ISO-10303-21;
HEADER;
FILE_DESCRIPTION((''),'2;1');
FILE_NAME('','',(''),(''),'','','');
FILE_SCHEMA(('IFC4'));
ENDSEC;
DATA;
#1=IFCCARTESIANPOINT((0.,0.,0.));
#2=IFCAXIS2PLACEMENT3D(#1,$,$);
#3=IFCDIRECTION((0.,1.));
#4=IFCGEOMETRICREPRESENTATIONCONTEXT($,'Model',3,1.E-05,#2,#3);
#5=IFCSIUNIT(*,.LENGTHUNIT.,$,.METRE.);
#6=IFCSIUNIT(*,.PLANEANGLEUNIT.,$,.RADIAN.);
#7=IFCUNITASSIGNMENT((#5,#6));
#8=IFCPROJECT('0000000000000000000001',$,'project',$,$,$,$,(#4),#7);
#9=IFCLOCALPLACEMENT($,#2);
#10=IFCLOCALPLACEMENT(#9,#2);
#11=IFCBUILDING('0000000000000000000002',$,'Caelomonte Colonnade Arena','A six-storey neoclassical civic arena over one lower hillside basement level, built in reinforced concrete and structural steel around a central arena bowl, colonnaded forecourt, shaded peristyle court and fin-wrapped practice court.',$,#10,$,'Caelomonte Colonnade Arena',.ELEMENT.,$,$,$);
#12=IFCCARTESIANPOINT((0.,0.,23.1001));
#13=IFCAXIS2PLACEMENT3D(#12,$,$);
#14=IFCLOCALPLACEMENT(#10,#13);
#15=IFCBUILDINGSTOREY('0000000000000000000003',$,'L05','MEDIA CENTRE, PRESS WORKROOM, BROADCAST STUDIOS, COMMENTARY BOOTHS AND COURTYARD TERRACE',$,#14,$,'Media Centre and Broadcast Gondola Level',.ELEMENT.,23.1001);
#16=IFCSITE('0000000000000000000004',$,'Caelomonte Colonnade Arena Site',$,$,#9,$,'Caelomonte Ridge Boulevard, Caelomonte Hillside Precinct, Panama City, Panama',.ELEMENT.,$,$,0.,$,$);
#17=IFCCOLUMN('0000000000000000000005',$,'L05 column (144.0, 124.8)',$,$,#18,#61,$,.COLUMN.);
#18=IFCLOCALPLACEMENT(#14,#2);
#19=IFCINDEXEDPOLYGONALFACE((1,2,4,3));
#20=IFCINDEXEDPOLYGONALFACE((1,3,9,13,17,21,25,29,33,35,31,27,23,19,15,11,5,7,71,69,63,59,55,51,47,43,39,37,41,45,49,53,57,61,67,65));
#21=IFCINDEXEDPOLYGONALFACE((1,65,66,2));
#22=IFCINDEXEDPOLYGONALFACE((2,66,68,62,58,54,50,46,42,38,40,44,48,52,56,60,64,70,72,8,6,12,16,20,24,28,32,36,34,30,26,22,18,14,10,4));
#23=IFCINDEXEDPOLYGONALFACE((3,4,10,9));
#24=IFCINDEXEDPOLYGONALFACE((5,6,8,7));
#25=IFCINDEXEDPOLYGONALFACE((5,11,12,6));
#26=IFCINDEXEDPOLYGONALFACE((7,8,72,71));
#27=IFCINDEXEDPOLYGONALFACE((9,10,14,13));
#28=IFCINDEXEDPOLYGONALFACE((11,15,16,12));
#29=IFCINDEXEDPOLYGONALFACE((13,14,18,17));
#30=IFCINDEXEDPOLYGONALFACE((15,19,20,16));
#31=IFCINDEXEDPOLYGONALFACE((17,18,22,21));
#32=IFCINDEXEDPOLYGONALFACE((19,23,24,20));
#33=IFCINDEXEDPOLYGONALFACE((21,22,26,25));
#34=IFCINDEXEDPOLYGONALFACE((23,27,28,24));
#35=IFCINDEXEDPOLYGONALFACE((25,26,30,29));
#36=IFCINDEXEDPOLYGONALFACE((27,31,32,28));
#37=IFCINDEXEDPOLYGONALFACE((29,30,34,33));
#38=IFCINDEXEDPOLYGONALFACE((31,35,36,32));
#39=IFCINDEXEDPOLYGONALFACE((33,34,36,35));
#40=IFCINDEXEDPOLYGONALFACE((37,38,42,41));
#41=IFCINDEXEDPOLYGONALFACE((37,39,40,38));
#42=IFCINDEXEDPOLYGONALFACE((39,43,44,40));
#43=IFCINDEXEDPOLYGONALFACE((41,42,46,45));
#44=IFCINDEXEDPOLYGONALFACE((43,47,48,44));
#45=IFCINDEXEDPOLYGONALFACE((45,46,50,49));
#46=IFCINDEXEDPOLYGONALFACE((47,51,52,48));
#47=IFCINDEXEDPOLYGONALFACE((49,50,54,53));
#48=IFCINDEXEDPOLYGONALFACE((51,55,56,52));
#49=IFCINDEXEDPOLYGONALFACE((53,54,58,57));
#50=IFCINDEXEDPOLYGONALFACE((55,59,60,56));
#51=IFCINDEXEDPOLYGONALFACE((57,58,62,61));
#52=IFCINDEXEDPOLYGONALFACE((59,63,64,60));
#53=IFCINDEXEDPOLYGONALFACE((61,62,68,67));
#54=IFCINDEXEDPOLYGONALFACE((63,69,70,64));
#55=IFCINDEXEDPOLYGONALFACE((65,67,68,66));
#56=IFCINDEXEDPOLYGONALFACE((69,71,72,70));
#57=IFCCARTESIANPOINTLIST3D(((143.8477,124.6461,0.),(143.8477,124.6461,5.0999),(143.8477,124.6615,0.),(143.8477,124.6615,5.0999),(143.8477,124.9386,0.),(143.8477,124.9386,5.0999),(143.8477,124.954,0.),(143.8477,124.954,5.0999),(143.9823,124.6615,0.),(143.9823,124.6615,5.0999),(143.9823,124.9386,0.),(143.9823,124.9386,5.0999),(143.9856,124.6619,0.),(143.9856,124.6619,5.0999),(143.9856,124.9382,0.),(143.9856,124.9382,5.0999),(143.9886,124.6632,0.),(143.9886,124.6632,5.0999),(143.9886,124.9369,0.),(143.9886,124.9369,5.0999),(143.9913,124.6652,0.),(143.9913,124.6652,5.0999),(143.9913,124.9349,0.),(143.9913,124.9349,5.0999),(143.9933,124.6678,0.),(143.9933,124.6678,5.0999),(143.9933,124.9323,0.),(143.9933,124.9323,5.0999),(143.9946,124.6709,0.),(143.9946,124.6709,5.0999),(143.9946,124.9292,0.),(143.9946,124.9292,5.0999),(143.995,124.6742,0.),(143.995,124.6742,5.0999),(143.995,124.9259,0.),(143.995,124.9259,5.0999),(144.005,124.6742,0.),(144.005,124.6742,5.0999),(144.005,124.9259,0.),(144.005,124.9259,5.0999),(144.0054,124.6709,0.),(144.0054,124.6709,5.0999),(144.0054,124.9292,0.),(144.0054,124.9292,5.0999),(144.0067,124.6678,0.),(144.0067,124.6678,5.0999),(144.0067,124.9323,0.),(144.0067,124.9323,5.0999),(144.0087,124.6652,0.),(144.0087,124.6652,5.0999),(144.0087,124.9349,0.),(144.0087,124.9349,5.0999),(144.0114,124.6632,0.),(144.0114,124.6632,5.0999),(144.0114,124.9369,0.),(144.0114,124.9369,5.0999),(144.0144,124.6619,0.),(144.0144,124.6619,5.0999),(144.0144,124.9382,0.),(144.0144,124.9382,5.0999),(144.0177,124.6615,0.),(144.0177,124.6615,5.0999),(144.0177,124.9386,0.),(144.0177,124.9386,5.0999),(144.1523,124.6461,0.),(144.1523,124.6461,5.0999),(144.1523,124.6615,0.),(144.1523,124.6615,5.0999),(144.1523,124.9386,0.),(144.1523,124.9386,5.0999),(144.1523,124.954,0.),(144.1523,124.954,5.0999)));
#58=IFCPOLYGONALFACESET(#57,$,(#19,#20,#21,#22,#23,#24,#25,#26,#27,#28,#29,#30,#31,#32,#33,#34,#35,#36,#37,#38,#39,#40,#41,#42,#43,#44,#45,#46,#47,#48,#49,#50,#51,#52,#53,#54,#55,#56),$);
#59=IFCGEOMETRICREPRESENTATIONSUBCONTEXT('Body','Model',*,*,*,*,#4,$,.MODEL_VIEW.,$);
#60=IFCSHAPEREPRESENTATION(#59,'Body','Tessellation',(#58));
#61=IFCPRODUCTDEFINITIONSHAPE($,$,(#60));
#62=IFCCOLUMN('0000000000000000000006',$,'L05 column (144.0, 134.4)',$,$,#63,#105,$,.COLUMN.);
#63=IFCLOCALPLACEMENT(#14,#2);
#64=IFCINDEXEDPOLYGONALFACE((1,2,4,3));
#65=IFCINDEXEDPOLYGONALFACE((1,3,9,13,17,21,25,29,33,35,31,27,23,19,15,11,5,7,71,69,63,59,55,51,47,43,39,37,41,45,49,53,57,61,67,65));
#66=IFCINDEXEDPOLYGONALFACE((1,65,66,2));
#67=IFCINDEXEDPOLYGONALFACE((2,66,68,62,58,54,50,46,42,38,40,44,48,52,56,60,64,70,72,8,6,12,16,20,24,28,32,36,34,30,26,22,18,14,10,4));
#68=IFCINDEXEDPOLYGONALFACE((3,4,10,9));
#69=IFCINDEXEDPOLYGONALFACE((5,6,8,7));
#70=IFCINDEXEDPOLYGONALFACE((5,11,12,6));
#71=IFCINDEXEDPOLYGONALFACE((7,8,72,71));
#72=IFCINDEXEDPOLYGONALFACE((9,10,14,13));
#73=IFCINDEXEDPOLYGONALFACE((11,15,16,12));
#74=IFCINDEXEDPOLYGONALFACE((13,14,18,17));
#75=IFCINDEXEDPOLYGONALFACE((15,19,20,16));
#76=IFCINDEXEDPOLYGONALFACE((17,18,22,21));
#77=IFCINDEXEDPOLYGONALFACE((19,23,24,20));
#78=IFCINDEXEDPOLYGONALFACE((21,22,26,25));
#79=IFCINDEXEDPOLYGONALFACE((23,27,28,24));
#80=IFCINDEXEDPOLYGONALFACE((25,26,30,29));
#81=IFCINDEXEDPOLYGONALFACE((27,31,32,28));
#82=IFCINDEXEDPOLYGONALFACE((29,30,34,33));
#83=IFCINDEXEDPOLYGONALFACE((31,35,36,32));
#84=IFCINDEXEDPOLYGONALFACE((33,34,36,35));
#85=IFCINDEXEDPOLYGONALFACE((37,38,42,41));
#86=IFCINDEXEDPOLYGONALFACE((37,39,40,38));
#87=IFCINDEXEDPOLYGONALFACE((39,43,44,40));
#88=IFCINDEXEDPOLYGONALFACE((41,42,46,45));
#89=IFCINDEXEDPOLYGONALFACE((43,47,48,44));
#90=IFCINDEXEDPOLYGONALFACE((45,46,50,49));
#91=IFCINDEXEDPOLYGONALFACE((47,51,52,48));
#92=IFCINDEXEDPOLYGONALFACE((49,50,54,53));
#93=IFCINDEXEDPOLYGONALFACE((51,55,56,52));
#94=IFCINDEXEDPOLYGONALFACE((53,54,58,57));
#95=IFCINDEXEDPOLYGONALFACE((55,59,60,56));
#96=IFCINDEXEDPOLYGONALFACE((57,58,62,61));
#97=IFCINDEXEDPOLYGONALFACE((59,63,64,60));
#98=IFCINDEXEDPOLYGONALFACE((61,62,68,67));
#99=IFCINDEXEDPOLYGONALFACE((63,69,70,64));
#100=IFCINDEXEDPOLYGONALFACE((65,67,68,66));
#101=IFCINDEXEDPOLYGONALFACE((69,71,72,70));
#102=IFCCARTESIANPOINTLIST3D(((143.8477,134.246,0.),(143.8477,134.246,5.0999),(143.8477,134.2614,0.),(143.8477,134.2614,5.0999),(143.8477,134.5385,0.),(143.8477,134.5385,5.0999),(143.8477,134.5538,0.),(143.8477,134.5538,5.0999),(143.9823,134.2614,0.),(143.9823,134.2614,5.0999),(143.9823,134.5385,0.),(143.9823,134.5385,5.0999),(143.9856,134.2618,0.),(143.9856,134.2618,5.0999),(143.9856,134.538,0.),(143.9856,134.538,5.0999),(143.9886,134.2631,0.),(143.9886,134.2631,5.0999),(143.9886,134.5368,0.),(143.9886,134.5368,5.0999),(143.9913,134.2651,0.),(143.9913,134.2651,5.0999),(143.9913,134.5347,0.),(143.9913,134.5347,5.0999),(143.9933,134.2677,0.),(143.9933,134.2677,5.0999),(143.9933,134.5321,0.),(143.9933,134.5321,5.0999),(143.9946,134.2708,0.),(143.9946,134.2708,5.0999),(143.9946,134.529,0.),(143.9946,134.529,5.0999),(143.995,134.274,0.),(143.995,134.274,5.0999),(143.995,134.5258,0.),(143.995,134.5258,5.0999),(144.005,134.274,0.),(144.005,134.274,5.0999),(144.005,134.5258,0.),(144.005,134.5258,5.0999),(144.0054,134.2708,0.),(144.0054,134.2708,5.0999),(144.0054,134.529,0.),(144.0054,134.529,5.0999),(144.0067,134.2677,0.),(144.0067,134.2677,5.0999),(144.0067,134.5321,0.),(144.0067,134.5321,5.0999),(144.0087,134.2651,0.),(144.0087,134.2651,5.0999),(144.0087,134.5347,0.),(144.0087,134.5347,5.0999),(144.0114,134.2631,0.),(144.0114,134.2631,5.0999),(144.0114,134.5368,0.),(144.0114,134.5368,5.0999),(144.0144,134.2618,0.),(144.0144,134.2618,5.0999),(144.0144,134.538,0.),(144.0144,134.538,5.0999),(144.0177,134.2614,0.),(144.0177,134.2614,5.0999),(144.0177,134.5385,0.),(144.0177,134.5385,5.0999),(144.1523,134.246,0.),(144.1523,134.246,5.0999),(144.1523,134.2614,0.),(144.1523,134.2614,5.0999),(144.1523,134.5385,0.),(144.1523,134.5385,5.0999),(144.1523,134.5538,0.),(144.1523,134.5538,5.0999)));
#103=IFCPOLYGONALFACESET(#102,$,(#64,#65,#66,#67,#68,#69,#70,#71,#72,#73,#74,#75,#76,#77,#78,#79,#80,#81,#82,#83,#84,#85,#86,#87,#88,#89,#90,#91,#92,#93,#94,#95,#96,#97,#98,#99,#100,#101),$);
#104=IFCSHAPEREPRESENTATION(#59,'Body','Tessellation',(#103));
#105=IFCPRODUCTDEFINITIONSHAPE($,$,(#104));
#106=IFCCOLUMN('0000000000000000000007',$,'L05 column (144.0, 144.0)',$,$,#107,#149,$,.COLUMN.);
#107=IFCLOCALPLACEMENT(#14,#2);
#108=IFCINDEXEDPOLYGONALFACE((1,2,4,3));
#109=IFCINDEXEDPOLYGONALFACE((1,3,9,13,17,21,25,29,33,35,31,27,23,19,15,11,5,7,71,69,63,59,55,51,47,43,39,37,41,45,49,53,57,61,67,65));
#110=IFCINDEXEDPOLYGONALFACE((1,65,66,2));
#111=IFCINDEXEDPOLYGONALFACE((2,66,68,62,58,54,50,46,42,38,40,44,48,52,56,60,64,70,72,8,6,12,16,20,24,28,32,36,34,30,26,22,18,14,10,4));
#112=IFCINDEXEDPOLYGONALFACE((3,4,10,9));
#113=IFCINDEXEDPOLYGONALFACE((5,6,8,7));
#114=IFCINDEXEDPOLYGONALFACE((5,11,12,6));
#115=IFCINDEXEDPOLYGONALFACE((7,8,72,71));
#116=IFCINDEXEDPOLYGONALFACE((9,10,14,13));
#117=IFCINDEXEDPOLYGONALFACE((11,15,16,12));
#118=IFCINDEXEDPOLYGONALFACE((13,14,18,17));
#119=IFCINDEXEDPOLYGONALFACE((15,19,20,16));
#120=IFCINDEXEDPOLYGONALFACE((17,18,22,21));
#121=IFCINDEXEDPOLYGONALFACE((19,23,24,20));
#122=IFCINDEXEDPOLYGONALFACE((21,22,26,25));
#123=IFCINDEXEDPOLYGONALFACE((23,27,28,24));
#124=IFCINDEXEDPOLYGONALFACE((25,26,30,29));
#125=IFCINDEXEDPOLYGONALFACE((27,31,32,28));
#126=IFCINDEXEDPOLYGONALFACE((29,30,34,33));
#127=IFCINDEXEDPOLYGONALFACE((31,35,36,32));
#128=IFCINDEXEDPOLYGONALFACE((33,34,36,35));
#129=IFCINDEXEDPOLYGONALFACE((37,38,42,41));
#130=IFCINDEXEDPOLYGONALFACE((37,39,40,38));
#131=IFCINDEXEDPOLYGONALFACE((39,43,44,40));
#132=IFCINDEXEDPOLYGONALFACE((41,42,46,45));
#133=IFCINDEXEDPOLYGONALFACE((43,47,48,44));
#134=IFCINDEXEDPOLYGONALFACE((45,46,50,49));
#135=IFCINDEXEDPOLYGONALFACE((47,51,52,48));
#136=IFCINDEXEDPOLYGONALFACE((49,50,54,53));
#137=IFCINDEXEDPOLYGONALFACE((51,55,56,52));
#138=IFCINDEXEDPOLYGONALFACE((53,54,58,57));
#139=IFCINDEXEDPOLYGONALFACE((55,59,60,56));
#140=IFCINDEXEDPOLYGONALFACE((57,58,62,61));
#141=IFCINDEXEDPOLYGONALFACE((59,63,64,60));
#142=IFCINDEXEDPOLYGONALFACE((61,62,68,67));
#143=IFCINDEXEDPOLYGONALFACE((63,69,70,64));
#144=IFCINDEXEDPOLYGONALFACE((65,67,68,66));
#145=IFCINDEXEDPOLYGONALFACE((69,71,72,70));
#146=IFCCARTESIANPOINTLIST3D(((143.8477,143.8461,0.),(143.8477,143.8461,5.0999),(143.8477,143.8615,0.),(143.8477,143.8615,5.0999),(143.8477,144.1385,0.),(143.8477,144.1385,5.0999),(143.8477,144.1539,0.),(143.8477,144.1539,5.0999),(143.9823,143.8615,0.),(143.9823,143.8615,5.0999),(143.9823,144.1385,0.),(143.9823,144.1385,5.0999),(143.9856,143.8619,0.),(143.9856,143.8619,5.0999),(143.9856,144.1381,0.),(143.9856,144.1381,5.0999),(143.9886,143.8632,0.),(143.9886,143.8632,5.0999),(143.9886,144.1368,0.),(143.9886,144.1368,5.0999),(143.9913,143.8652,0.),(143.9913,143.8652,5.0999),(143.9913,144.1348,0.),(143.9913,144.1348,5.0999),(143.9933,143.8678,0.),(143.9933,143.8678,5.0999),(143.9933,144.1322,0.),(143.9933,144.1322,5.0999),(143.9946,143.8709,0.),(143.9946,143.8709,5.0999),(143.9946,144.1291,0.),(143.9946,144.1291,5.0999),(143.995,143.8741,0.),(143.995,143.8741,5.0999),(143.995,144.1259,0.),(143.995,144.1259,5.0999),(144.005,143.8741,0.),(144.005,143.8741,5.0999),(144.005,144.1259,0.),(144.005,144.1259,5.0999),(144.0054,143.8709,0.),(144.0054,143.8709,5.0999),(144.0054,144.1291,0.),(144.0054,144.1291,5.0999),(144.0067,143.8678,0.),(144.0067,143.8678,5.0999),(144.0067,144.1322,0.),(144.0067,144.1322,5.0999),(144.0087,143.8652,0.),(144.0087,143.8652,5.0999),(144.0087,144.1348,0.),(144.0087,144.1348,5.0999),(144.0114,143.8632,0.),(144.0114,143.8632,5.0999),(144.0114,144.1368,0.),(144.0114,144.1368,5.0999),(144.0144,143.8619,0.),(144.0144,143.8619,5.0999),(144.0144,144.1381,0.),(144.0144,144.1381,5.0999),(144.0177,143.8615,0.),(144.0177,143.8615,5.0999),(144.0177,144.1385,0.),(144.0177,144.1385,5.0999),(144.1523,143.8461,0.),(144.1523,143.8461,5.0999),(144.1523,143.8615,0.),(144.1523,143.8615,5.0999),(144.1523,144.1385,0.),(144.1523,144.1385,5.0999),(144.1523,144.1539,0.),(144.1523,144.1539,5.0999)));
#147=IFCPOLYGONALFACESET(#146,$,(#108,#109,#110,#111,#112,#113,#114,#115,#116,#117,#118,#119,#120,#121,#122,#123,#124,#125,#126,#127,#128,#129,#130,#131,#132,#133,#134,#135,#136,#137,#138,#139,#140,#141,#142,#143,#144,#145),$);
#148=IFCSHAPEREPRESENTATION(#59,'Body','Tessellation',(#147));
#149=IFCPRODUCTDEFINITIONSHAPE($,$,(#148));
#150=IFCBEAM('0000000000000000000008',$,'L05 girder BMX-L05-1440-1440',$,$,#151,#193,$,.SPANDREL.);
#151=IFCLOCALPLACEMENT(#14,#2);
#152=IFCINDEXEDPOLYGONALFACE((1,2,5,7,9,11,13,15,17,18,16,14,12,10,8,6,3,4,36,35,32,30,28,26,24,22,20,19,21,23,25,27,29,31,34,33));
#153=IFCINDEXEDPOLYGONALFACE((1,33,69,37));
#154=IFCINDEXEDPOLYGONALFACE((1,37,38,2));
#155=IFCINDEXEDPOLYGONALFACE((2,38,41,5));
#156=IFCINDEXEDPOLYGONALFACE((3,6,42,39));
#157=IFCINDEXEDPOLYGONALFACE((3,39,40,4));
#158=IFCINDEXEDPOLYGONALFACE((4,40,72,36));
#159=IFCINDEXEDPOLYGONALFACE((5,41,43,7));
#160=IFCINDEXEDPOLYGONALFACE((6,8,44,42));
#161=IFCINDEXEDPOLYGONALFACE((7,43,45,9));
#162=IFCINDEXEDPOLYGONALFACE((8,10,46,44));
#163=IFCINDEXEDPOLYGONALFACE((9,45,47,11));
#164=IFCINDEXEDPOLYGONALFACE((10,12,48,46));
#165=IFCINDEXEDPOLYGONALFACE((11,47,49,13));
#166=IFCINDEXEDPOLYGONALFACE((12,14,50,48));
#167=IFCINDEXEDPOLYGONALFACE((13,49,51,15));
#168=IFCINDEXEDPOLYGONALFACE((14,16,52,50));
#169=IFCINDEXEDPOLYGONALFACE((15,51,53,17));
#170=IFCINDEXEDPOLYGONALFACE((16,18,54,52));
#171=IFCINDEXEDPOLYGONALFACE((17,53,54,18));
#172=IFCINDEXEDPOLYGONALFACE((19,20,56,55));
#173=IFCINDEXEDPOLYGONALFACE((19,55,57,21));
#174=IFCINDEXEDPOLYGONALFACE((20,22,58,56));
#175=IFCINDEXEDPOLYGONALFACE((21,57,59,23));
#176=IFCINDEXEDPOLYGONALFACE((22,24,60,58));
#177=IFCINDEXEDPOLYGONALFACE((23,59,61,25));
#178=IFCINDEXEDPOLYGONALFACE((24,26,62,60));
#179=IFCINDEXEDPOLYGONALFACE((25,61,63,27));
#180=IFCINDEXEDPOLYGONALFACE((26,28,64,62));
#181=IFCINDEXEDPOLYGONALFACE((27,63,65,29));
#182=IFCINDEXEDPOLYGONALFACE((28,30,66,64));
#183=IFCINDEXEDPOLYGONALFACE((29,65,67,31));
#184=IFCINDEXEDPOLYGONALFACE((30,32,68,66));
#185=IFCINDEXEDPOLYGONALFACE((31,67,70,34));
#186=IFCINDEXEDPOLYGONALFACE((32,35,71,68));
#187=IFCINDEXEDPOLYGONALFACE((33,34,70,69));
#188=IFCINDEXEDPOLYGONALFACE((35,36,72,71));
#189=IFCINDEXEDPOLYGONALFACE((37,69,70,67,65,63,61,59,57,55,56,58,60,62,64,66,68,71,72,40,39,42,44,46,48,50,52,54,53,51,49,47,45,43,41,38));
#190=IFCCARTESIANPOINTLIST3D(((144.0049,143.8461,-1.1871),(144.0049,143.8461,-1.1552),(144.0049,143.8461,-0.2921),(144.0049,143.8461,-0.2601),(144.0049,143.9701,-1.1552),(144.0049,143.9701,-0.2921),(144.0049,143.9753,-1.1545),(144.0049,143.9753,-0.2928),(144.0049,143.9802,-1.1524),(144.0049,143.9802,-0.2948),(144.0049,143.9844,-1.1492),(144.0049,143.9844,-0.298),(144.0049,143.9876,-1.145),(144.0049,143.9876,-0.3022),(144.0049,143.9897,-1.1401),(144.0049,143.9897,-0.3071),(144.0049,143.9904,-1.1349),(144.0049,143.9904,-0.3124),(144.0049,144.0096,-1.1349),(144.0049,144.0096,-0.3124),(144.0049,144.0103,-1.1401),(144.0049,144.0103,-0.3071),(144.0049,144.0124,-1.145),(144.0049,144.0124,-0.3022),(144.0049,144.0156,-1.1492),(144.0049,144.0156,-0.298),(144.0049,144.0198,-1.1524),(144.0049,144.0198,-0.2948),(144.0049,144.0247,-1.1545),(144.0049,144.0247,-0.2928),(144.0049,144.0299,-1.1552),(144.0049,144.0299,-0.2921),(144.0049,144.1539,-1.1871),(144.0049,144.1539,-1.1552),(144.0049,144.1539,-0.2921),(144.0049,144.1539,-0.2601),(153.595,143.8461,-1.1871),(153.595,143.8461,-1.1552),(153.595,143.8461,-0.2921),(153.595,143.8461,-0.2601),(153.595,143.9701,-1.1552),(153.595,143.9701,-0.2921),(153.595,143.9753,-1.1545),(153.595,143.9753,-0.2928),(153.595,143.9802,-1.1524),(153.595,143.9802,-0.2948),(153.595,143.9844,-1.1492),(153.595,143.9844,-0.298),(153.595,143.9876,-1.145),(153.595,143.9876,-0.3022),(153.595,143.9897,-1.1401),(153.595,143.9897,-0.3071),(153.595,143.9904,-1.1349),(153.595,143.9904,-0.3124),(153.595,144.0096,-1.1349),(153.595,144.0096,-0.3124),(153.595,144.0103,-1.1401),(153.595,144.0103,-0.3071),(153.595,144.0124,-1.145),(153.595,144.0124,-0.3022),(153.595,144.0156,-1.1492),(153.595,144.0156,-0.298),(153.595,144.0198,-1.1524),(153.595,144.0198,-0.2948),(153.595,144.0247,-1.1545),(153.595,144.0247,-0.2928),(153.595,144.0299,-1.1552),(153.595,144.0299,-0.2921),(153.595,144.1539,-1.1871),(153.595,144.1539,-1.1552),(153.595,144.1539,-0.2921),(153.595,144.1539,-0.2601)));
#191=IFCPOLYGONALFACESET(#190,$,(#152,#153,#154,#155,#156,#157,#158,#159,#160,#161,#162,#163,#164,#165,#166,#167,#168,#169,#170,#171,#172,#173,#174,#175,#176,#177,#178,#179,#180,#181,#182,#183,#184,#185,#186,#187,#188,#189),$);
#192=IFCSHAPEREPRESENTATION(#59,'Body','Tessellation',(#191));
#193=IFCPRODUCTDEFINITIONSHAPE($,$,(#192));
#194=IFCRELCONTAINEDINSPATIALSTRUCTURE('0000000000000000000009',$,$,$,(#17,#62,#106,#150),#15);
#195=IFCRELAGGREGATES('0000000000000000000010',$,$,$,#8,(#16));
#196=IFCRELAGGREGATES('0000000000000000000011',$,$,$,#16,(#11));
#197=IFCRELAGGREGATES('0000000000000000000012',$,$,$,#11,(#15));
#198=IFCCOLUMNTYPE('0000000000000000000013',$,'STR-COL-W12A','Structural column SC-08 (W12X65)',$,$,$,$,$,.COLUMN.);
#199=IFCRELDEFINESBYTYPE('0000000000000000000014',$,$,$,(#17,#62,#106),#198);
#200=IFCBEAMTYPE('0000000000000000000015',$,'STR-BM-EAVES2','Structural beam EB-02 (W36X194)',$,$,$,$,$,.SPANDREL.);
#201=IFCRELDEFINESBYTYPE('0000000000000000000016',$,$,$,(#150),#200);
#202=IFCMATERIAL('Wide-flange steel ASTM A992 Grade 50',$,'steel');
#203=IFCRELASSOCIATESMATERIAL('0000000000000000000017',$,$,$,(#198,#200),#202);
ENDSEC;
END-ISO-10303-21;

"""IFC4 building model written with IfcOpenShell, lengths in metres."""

from ifc_helpers import new_model, si_unit, direction, frame, origin, origin_2d, place, context, subcontext, project, spatial, i_section, extrude, material, material_profile, profile_set, type_object, element, save


model = new_model("IFC4")

# Units and contexts
model_context = context("Model", 3, precision=1e-05, world=origin(), true_north=direction((0.0, 1.0)))
body_context = subcontext(model_context, "Body", "Model", "MODEL_VIEW")
ifc_project = project(units=[si_unit("LENGTHUNIT", "METRE"), si_unit("PLANEANGLEUNIT", "RADIAN")], contexts=[model_context])

# Site, building, storey
site_placement = place(None, origin())
site = spatial("IfcSite", under=ifc_project, at=site_placement, Name="Caelomonte Colonnade Arena Site", LongName="Caelomonte Ridge Boulevard, Caelomonte Hillside Precinct, Panama City, Panama", CompositionType="ELEMENT", RefElevation=0.0)
building_placement = place(site_placement, origin())
building = spatial("IfcBuilding", under=site, at=building_placement, Name="Caelomonte Colonnade Arena", Description="A six-storey neoclassical civic arena over one lower hillside basement level, built in reinforced concrete and structural steel around a central arena bowl, colonnaded forecourt, shaded peristyle court and fin-wrapped practice court.", LongName="Caelomonte Colonnade Arena", CompositionType="ELEMENT")
storey_placement = place(building_placement, frame((0.0, 0.0, 23.1001)))
storey = spatial("IfcBuildingStorey", under=building, at=storey_placement, Name="L05", Description="MEDIA CENTRE, PRESS WORKROOM, BROADCAST STUDIOS, COMMENTARY BOOTHS AND COURTYARD TERRACE", LongName="Media Centre and Broadcast Gondola Level", CompositionType="ELEMENT", Elevation=23.1001)

# Columns
ifc_material_1 = material(Name="Wide-flange steel ASTM A992 Grade 50", Category="steel")
ifc_material_profile_1 = material_profile(ifc_material_1, i_section(OverallWidth=0.3047, OverallDepth=0.3079, WebThickness=0.01, FlangeThickness=0.0154, FilletRadius=0.0127, at=origin_2d()), Name="W12X65")
ifc_profile_set_1 = profile_set([ifc_material_profile_1], Name="Wide-flange steel ASTM A992 Grade 50")
column_type = type_object("IfcColumnType", Name="STR-COL-W12A", Description="Structural column SC-08 (W12X65)", PredefinedType="COLUMN", material=ifc_profile_set_1)
for number, where, z_axis, x_axis, name in (
    (1, (144.0, 124.8, 0.0), (0.0, 0.0, 1.0), (1.0, 0.0, 0.0), "L05 column (144.0, 124.8)"),
    (2, (144.0, 134.3999, 0.0), (0.0, 0.0, 1.0), (1.0, 0.0, 0.0), "L05 column (144.0, 134.4)"),
    (3, (144.0, 144.0, 0.0), (0.0, 0.0, 1.0), (1.0, 0.0, 0.0), "L05 column (144.0, 144.0)"),
):
    element("IfcColumn", number, at=place(storey_placement, frame(where, z_axis=z_axis, x_axis=x_axis)), inside=storey, type_object=column_type, Name=name, PredefinedType="COLUMN", context=body_context, shape_type="SweptSolid", body=[
        extrude(i_section(OverallWidth=0.3047, OverallDepth=0.3079, WebThickness=0.01, FlangeThickness=0.0154, FilletRadius=0.0127, at=origin_2d()), origin(), (0.0, 0.0, 1.0), 5.0999),
    ])

# Beam
ifc_material_profile_2 = material_profile(ifc_material_1, i_section(OverallWidth=0.3079, OverallDepth=0.927, WebThickness=0.0193, FlangeThickness=0.032, FilletRadius=0.0203, at=origin_2d()), Name="W36X194")
ifc_profile_set_2 = profile_set([ifc_material_profile_2], Name="Wide-flange steel ASTM A992 Grade 50")
beam_type_1 = type_object("IfcBeamType", Name="STR-BM-EAVES2", Description="Structural beam EB-02 (W36X194)", PredefinedType="SPANDREL", material=ifc_profile_set_2)
beam_1_placement = place(storey_placement, frame((144.0049, 144.0, -0.7236), z_axis=(1.0, 0.0, 0.0), x_axis=(0.0, 1.0, 0.0)))
element("IfcBeam", 4, at=beam_1_placement, inside=storey, type_object=beam_type_1, Name="L05 girder BMX-L05-1440-1440", PredefinedType="SPANDREL", context=body_context, shape_type="SweptSolid", body=[
    extrude(i_section(OverallWidth=0.3079, OverallDepth=0.927, WebThickness=0.0193, FlangeThickness=0.032, FilletRadius=0.0203, at=origin_2d()), origin(), (0.0, 0.0, 1.0), 9.5901),
])

save(model, "model.ifc")
